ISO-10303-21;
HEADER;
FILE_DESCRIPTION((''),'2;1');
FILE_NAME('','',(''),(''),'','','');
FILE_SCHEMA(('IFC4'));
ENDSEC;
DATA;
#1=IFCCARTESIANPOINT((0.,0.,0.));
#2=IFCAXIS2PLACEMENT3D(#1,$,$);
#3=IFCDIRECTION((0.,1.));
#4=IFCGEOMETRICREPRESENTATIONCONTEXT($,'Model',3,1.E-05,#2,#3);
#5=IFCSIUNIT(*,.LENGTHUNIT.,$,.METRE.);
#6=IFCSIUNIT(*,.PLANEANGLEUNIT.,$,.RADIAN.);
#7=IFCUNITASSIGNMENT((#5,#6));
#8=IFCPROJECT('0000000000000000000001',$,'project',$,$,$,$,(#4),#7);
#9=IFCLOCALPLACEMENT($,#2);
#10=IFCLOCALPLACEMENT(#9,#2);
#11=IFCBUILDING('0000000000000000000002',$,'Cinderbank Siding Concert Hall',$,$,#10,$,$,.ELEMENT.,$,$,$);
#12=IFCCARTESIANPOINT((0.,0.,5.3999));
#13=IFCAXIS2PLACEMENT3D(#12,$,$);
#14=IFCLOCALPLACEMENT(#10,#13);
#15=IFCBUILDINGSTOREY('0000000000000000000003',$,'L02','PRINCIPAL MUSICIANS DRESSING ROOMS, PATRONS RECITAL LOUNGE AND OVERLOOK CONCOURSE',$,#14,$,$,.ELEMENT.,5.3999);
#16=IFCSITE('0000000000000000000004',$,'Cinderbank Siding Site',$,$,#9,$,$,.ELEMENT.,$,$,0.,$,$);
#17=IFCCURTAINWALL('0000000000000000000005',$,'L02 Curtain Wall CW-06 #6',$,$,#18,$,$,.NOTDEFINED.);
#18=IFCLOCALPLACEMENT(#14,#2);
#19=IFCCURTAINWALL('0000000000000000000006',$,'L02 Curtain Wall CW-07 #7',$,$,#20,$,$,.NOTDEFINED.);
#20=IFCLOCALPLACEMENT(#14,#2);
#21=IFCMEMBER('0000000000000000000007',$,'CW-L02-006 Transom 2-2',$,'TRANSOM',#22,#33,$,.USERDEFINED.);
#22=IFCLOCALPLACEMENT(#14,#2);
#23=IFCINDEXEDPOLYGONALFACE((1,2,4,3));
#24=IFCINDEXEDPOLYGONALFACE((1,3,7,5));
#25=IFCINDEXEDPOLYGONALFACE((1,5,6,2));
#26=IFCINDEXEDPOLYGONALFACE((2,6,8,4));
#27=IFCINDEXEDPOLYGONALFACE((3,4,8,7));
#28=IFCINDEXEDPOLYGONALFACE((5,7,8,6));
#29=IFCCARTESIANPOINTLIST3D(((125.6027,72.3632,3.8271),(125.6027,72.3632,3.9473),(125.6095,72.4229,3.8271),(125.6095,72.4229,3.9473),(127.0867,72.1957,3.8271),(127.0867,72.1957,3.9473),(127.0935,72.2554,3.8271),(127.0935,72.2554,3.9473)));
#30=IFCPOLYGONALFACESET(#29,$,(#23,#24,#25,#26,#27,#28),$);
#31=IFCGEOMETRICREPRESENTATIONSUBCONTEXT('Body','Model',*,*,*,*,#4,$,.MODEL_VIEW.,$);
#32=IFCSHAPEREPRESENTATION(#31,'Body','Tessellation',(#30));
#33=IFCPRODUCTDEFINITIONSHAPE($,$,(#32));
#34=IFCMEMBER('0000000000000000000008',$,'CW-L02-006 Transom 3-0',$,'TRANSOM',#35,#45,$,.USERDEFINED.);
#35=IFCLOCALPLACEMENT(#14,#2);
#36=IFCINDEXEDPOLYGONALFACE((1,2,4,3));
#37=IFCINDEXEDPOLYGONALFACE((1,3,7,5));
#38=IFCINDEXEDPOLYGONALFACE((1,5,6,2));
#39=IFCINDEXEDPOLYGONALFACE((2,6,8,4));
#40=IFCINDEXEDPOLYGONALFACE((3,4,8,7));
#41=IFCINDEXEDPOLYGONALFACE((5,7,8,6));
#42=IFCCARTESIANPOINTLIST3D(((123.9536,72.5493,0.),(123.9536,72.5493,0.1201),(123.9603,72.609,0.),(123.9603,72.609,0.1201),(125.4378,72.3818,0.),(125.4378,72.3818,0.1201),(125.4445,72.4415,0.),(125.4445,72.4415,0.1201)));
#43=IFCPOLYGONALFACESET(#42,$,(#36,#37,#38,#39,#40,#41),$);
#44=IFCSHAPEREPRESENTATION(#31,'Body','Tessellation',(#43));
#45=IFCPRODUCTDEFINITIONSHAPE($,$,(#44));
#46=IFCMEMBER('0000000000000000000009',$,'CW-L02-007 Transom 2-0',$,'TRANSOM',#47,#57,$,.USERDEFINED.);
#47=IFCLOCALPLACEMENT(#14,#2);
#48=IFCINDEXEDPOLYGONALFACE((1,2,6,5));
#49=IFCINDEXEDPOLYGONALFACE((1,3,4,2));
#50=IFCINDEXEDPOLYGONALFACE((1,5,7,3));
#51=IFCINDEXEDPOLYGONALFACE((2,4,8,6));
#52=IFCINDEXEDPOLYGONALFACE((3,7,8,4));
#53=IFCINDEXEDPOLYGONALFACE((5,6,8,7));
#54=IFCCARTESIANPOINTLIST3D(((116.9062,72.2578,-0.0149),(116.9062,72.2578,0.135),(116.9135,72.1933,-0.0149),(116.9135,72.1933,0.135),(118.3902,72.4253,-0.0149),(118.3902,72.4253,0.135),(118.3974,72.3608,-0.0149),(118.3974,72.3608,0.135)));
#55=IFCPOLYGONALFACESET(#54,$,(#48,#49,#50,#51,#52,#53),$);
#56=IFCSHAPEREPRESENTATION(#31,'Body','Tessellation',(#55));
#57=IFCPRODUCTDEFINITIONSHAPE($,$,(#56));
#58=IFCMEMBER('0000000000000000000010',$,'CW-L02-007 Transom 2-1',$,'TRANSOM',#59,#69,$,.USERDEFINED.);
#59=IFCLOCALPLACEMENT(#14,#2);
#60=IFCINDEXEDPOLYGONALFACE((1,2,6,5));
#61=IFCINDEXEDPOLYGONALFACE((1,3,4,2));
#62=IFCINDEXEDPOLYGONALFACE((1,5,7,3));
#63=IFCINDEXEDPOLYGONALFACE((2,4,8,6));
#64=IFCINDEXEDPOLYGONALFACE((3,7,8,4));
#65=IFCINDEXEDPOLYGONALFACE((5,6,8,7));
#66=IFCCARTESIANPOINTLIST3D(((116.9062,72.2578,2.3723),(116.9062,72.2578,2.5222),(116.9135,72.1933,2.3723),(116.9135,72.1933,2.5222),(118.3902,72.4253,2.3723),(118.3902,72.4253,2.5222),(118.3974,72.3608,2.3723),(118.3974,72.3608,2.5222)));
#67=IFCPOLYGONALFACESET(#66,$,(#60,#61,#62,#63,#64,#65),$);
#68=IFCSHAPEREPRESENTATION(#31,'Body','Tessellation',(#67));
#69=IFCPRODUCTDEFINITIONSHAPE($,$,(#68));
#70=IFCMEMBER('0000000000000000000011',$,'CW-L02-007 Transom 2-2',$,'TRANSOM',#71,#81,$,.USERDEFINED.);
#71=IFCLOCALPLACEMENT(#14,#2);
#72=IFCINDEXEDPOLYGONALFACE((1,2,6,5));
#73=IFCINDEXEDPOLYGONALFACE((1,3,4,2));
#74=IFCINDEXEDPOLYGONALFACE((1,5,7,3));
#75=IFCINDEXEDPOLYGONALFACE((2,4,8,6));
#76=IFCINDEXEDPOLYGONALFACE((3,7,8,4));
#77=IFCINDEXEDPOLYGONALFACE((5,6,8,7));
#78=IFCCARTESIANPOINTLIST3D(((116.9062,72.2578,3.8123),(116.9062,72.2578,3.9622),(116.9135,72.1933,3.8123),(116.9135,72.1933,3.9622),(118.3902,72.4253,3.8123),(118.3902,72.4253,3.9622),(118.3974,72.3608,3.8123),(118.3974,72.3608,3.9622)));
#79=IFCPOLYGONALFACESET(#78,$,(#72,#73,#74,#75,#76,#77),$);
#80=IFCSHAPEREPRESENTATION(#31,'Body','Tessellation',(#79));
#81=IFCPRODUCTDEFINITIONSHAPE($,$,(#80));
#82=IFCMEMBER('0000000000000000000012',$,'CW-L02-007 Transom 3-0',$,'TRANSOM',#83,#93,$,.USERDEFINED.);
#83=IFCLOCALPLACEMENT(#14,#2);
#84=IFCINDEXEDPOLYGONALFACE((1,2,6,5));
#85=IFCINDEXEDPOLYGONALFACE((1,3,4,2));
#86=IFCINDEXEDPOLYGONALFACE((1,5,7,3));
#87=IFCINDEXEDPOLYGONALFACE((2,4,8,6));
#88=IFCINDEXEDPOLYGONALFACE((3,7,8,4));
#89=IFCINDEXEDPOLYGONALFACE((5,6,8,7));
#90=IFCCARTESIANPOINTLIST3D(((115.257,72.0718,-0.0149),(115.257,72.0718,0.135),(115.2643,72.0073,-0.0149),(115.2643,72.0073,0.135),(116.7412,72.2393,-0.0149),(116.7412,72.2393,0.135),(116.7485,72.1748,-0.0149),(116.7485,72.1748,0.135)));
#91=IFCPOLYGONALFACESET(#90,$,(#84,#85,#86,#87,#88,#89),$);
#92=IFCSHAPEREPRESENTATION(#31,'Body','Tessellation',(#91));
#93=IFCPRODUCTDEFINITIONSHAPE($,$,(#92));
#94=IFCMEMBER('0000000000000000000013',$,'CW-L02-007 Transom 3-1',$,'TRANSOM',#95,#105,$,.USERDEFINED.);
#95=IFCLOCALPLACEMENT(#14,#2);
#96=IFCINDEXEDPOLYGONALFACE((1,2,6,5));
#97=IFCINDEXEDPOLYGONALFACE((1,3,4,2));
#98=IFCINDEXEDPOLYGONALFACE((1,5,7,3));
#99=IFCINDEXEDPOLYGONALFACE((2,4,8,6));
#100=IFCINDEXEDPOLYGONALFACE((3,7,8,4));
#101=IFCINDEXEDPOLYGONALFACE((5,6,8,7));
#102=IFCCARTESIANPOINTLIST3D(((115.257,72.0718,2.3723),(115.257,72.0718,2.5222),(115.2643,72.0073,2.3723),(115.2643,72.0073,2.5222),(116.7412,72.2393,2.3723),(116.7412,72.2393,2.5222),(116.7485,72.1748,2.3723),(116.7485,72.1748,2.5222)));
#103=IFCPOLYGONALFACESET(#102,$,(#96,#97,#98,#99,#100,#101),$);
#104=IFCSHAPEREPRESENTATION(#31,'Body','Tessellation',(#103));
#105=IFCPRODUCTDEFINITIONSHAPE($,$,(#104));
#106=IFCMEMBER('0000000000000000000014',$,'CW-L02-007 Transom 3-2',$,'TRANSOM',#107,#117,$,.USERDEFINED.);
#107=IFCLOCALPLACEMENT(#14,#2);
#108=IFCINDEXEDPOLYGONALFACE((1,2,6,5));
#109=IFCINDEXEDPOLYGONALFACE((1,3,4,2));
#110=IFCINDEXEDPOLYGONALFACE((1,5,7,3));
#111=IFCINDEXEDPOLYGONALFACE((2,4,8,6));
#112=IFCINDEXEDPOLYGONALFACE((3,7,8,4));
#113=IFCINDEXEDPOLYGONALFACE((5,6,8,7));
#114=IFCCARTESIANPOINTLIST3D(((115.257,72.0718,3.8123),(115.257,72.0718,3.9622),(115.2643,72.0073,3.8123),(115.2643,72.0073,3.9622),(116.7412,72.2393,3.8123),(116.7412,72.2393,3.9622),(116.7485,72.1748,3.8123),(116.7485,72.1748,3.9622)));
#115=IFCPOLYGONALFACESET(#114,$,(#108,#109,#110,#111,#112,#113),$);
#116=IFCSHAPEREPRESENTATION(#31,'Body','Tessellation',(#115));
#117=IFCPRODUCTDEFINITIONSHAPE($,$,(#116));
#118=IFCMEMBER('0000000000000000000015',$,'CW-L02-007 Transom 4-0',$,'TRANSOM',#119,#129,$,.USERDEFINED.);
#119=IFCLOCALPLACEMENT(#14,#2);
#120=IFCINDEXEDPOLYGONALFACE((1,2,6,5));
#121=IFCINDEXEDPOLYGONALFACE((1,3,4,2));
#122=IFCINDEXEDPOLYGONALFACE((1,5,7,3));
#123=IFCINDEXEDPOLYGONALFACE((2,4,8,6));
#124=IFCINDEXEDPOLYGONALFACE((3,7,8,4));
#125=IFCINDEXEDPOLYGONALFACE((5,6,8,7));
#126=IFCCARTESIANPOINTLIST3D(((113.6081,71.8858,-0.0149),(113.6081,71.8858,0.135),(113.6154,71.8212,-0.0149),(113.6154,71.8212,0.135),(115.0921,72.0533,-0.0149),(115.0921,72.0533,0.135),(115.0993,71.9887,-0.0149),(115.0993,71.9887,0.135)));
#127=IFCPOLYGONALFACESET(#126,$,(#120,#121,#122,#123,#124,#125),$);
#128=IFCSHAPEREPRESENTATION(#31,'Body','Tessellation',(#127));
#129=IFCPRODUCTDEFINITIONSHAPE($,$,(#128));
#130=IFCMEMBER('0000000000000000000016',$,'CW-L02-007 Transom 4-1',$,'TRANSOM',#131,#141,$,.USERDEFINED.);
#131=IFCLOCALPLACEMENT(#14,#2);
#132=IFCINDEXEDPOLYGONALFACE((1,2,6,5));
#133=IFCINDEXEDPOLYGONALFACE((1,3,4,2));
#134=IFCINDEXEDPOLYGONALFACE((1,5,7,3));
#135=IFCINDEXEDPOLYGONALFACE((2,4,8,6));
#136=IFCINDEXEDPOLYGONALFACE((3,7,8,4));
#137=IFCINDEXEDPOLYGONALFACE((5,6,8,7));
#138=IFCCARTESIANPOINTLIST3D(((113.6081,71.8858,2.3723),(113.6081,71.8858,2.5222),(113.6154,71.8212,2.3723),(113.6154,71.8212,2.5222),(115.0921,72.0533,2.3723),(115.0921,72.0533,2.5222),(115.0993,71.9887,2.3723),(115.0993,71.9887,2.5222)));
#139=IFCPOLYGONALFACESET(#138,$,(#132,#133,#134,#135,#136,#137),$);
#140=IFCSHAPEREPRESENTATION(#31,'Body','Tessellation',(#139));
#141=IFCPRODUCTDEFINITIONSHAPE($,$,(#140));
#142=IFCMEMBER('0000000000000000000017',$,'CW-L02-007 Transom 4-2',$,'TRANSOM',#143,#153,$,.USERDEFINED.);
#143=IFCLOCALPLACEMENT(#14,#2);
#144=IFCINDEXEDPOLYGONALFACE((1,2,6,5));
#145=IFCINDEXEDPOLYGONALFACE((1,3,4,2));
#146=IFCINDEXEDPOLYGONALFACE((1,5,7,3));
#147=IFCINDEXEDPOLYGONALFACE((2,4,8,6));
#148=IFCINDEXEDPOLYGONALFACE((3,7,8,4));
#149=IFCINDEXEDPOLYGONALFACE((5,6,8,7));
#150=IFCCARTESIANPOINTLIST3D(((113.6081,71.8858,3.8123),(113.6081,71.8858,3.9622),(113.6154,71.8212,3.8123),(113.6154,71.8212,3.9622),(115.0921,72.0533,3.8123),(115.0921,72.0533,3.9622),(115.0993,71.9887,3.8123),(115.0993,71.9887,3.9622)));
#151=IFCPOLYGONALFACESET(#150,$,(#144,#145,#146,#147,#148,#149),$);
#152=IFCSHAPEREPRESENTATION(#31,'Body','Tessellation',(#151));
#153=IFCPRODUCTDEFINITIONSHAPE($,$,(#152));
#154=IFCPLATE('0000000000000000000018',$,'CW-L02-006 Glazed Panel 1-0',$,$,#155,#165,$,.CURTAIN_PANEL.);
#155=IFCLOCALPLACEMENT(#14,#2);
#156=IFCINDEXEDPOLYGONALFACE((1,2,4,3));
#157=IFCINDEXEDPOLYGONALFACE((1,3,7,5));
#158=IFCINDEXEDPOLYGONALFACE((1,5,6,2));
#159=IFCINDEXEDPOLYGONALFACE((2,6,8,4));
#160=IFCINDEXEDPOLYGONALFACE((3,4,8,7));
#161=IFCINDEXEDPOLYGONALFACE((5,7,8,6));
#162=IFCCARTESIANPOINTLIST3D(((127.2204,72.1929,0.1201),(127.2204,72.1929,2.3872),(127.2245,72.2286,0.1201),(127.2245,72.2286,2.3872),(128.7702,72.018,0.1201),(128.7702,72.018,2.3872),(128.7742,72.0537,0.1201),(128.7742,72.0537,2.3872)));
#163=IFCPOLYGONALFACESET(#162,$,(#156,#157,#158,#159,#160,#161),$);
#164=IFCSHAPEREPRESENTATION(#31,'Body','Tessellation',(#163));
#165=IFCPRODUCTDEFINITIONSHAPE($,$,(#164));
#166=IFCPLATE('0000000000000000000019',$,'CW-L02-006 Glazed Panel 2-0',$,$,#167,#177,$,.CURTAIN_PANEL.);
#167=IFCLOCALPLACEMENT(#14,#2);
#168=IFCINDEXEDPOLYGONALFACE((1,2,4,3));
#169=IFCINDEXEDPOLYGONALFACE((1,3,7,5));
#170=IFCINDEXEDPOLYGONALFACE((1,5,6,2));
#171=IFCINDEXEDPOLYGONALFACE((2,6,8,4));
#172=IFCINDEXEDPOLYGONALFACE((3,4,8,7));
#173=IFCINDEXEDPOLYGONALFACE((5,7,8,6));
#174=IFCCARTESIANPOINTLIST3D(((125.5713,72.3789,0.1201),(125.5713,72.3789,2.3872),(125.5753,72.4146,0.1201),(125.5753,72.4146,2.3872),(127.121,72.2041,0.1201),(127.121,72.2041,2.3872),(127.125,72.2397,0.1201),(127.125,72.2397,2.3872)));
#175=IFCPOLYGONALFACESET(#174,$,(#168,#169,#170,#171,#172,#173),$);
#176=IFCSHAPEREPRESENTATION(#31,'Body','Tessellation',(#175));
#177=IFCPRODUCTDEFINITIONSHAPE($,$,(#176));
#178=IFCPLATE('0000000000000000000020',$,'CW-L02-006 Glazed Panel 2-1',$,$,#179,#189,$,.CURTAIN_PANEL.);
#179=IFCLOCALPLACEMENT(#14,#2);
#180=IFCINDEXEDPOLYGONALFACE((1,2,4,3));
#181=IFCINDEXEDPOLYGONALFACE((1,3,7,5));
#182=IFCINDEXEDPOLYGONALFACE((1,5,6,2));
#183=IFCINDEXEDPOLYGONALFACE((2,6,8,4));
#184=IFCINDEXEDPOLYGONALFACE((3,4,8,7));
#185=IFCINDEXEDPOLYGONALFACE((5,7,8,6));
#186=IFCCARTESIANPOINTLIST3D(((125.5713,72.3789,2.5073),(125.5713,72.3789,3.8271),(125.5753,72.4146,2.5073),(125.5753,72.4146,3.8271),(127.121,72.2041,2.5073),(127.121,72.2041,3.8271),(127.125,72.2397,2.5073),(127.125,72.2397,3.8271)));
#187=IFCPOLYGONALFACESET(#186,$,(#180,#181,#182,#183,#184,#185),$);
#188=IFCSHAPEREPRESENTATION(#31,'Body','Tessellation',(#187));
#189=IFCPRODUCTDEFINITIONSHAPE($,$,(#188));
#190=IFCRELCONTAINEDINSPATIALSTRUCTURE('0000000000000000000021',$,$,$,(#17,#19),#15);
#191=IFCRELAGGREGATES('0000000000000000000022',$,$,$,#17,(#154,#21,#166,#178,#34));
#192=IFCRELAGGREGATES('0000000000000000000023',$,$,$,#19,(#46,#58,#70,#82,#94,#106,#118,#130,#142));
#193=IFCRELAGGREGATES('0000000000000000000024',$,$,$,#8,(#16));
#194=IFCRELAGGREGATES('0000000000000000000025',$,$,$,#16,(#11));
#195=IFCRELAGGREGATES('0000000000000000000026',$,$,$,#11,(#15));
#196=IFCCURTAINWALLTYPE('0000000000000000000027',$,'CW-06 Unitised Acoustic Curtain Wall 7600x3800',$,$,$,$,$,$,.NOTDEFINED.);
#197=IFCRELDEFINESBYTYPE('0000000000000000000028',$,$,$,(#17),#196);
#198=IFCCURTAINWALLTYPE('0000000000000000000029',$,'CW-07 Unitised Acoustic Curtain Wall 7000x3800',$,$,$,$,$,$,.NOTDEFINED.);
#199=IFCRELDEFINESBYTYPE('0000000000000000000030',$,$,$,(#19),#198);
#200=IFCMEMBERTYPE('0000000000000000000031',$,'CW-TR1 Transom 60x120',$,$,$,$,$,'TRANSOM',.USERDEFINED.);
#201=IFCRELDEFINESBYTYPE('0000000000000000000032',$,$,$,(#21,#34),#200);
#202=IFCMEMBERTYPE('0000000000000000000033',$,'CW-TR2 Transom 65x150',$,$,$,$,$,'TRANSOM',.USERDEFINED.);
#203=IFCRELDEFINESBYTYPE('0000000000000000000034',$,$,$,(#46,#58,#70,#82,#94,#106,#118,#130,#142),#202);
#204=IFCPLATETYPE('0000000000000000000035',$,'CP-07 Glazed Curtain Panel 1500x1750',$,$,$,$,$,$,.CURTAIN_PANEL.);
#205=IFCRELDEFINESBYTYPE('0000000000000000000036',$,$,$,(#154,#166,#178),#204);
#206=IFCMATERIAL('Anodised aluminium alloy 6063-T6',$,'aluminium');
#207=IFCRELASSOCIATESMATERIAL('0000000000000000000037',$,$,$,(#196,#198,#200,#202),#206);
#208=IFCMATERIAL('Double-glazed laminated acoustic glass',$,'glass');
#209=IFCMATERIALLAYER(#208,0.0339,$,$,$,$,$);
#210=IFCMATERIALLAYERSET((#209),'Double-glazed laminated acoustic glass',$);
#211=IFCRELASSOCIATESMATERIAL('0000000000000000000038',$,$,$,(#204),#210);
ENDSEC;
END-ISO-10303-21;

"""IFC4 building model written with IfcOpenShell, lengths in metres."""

from ifc_helpers import new_model, si_unit, direction, frame, origin, origin_2d, place, context, subcontext, project, spatial, rectangle, extrude, material, layer, layer_set, material_profile, profile_set, type_object, element, aggregate, save


model = new_model("IFC4")

# Units and contexts
model_context = context("Model", 3, precision=1e-05, world=origin(), true_north=direction((0.0, 1.0)))
body_context = subcontext(model_context, "Body", "Model", "MODEL_VIEW")
ifc_project = project(units=[si_unit("LENGTHUNIT", "METRE"), si_unit("PLANEANGLEUNIT", "RADIAN")], contexts=[model_context])

# Site, building, storey
site_placement = place(None, origin())
site = spatial("IfcSite", under=ifc_project, at=site_placement, Name="Cinderbank Siding Site", CompositionType="ELEMENT", RefElevation=0.0)
building_placement = place(site_placement, origin())
building = spatial("IfcBuilding", under=site, at=building_placement, Name="Cinderbank Siding Concert Hall", CompositionType="ELEMENT")
storey_placement = place(building_placement, frame((0.0, 0.0, 5.3999)))
storey = spatial("IfcBuildingStorey", under=building, at=storey_placement, Name="L02", Description="PRINCIPAL MUSICIANS DRESSING ROOMS, PATRONS RECITAL LOUNGE AND OVERLOOK CONCOURSE", CompositionType="ELEMENT", Elevation=5.3999)

# Curtain walls
ifc_material_1 = material(Name="Anodised aluminium alloy 6063-T6", Category="aluminium")
curtain_wall_type_1 = type_object("IfcCurtainWallType", Name="CW-06 Unitised Acoustic Curtain Wall 7600x3800", PredefinedType="NOTDEFINED", material=ifc_material_1)
curtain_wall_1_placement = place(storey_placement, origin())
curtain_wall_1 = element("IfcCurtainWall", 1, at=curtain_wall_1_placement, inside=storey, type_object=curtain_wall_type_1, Name="L02 Curtain Wall CW-06 #6", PredefinedType="NOTDEFINED")
curtain_wall_type_2 = type_object("IfcCurtainWallType", Name="CW-07 Unitised Acoustic Curtain Wall 7000x3800", PredefinedType="NOTDEFINED", material=ifc_material_1)
curtain_wall_2_placement = place(storey_placement, origin())
curtain_wall_2 = element("IfcCurtainWall", 2, at=curtain_wall_2_placement, inside=storey, type_object=curtain_wall_type_2, Name="L02 Curtain Wall CW-07 #7", PredefinedType="NOTDEFINED")

# Members
ifc_material_profile_1 = material_profile(ifc_material_1, rectangle(XDim=0.0601, YDim=0.1201, at=origin_2d()), Name="ALU-TRAN-60x120", Category="LoadBearing")
ifc_profile_set_1 = profile_set([ifc_material_profile_1], Name="Anodised aluminium alloy 6063-T6")
member_type_1 = type_object("IfcMemberType", Name="CW-TR1 Transom 60x120", ElementType="TRANSOM", PredefinedType="USERDEFINED", material=ifc_profile_set_1)
member_1_placement = place(storey_placement, frame((127.0901, 72.2256, 3.8872), z_axis=(-0.993691, 0.112154, 0.0), x_axis=(-0.112154, -0.993691, 0.0)))
member_1 = element("IfcMember", 3, at=member_1_placement, type_object=member_type_1, Name="CW-L02-006 Transom 2-2", ObjectType="TRANSOM", PredefinedType="USERDEFINED", context=body_context, shape_type="SweptSolid", body=[
    extrude(rectangle(XDim=0.0601, YDim=0.1201, at=origin_2d()), origin(), (0.0, 0.0, 1.0), 1.4934),
])
member_2_placement = place(storey_placement, frame((125.4412, 72.4116, 0.0601), z_axis=(-0.993693, 0.112136, 0.0), x_axis=(-0.112136, -0.993693, 0.0)))
member_2 = element("IfcMember", 4, at=member_2_placement, type_object=member_type_1, Name="CW-L02-006 Transom 3-0", ObjectType="TRANSOM", PredefinedType="USERDEFINED", context=body_context, shape_type="SweptSolid", body=[
    extrude(rectangle(XDim=0.0601, YDim=0.1201, at=origin_2d()), origin(), (0.0, 0.0, 1.0), 1.4937),
])
ifc_material_profile_2 = material_profile(ifc_material_1, rectangle(XDim=0.0649, YDim=0.1499, at=origin_2d()), Name="ALU-TRAN-65x150", Category="LoadBearing")
ifc_profile_set_2 = profile_set([ifc_material_profile_2], Name="Anodised aluminium alloy 6063-T6")
member_type_2 = type_object("IfcMemberType", Name="CW-TR2 Transom 65x150", ElementType="TRANSOM", PredefinedType="USERDEFINED", material=ifc_profile_set_2)
member_3_placement = place(storey_placement, frame((118.3938, 72.3931, 0.0601), z_axis=(-0.993691, -0.112154, 0.0), x_axis=(0.112154, -0.993691, 0.0)))
member_3 = element("IfcMember", 5, at=member_3_placement, type_object=member_type_2, Name="CW-L02-007 Transom 2-0", ObjectType="TRANSOM", PredefinedType="USERDEFINED", context=body_context, shape_type="SweptSolid", body=[
    extrude(rectangle(XDim=0.0649, YDim=0.1499, at=origin_2d()), origin(), (0.0, 0.0, 1.0), 1.4934),
])
member_4_placement = place(storey_placement, frame((118.3938, 72.3931, 2.4473), z_axis=(-0.993691, -0.112154, 0.0), x_axis=(0.112154, -0.993691, 0.0)))
member_4 = element("IfcMember", 6, at=member_4_placement, type_object=member_type_2, Name="CW-L02-007 Transom 2-1", ObjectType="TRANSOM", PredefinedType="USERDEFINED", context=body_context, shape_type="SweptSolid", body=[
    extrude(rectangle(XDim=0.0649, YDim=0.1499, at=origin_2d()), origin(), (0.0, 0.0, 1.0), 1.4934),
])
member_5_placement = place(storey_placement, frame((118.3938, 72.3931, 3.8872), z_axis=(-0.993691, -0.112154, 0.0), x_axis=(0.112154, -0.993691, 0.0)))
member_5 = element("IfcMember", 7, at=member_5_placement, type_object=member_type_2, Name="CW-L02-007 Transom 2-2", ObjectType="TRANSOM", PredefinedType="USERDEFINED", context=body_context, shape_type="SweptSolid", body=[
    extrude(rectangle(XDim=0.0649, YDim=0.1499, at=origin_2d()), origin(), (0.0, 0.0, 1.0), 1.4934),
])
member_6_placement = place(storey_placement, frame((116.7449, 72.207, 0.0601), z_axis=(-0.993693, -0.112136, 0.0), x_axis=(0.112136, -0.993693, 0.0)))
member_6 = element("IfcMember", 8, at=member_6_placement, type_object=member_type_2, Name="CW-L02-007 Transom 3-0", ObjectType="TRANSOM", PredefinedType="USERDEFINED", context=body_context, shape_type="SweptSolid", body=[
    extrude(rectangle(XDim=0.0649, YDim=0.1499, at=origin_2d()), origin(), (0.0, 0.0, 1.0), 1.4937),
])
member_7_placement = place(storey_placement, frame((116.7449, 72.207, 2.4473), z_axis=(-0.993693, -0.112136, 0.0), x_axis=(0.112136, -0.993693, 0.0)))
member_7 = element("IfcMember", 9, at=member_7_placement, type_object=member_type_2, Name="CW-L02-007 Transom 3-1", ObjectType="TRANSOM", PredefinedType="USERDEFINED", context=body_context, shape_type="SweptSolid", body=[
    extrude(rectangle(XDim=0.0649, YDim=0.1499, at=origin_2d()), origin(), (0.0, 0.0, 1.0), 1.4937),
])
member_8_placement = place(storey_placement, frame((116.7449, 72.207, 3.8872), z_axis=(-0.993693, -0.112136, 0.0), x_axis=(0.112136, -0.993693, 0.0)))
member_8 = element("IfcMember", 10, at=member_8_placement, type_object=member_type_2, Name="CW-L02-007 Transom 3-2", ObjectType="TRANSOM", PredefinedType="USERDEFINED", context=body_context, shape_type="SweptSolid", body=[
    extrude(rectangle(XDim=0.0649, YDim=0.1499, at=origin_2d()), origin(), (0.0, 0.0, 1.0), 1.4937),
])
member_9_placement = place(storey_placement, frame((115.0957, 72.021, 0.0601), z_axis=(-0.993691, -0.112154, 0.0), x_axis=(0.112154, -0.993691, 0.0)))
member_9 = element("IfcMember", 11, at=member_9_placement, type_object=member_type_2, Name="CW-L02-007 Transom 4-0", ObjectType="TRANSOM", PredefinedType="USERDEFINED", context=body_context, shape_type="SweptSolid", body=[
    extrude(rectangle(XDim=0.0649, YDim=0.1499, at=origin_2d()), origin(), (0.0, 0.0, 1.0), 1.4934),
])
member_10_placement = place(storey_placement, frame((115.0957, 72.021, 2.4473), z_axis=(-0.993691, -0.112154, 0.0), x_axis=(0.112154, -0.993691, 0.0)))
member_10 = element("IfcMember", 12, at=member_10_placement, type_object=member_type_2, Name="CW-L02-007 Transom 4-1", ObjectType="TRANSOM", PredefinedType="USERDEFINED", context=body_context, shape_type="SweptSolid", body=[
    extrude(rectangle(XDim=0.0649, YDim=0.1499, at=origin_2d()), origin(), (0.0, 0.0, 1.0), 1.4934),
])
member_11_placement = place(storey_placement, frame((115.0957, 72.021, 3.8872), z_axis=(-0.993691, -0.112154, 0.0), x_axis=(0.112154, -0.993691, 0.0)))
member_11 = element("IfcMember", 13, at=member_11_placement, type_object=member_type_2, Name="CW-L02-007 Transom 4-2", ObjectType="TRANSOM", PredefinedType="USERDEFINED", context=body_context, shape_type="SweptSolid", body=[
    extrude(rectangle(XDim=0.0649, YDim=0.1499, at=origin_2d()), origin(), (0.0, 0.0, 1.0), 1.4934),
])

# Plates
ifc_material_2 = material(Name="Double-glazed laminated acoustic glass", Category="glass")
ifc_layer_1 = layer(ifc_material_2, 0.0339)
ifc_layer_set_1 = layer_set([ifc_layer_1], Name="Double-glazed laminated acoustic glass")
plate_type_1 = type_object("IfcPlateType", Name="CP-07 Glazed Curtain Panel 1500x1750", PredefinedType="CURTAIN_PANEL", material=ifc_layer_set_1)
plate_1_placement = place(storey_placement, frame((127.9973, 72.1233, 0.1201), z_axis=(0.0, 0.0, 1.0), x_axis=(-0.993694, 0.112129, 0.0)))
plate_1 = element("IfcPlate", 14, at=plate_1_placement, type_object=plate_type_1, Name="CW-L02-006 Glazed Panel 1-0", PredefinedType="CURTAIN_PANEL", context=body_context, shape_type="SweptSolid", body=[
    extrude(rectangle(XDim=1.5596, YDim=0.0359, at=origin_2d()), origin(), (0.0, 0.0, 1.0), 2.2671),
])
plate_2_placement = place(storey_placement, frame((126.3481, 72.3093, 0.1201), z_axis=(0.0, 0.0, 1.0), x_axis=(-0.993694, 0.112129, 0.0)))
plate_2 = element("IfcPlate", 15, at=plate_2_placement, type_object=plate_type_1, Name="CW-L02-006 Glazed Panel 2-0", PredefinedType="CURTAIN_PANEL", context=body_context, shape_type="SweptSolid", body=[
    extrude(rectangle(XDim=1.5596, YDim=0.0359, at=origin_2d()), origin(), (0.0, 0.0, 1.0), 2.2671),
])
plate_3_placement = place(storey_placement, frame((126.3481, 72.3093, 2.5073), z_axis=(0.0, 0.0, 1.0), x_axis=(-0.993694, 0.112129, 0.0)))
plate_3 = element("IfcPlate", 16, at=plate_3_placement, type_object=plate_type_1, Name="CW-L02-006 Glazed Panel 2-1", PredefinedType="CURTAIN_PANEL", context=body_context, shape_type="SweptSolid", body=[
    extrude(rectangle(XDim=1.5596, YDim=0.0359, at=origin_2d()), origin(), (0.0, 0.0, 1.0), 1.3198),
])
aggregate(curtain_wall_1, [plate_1, member_1, plate_2, plate_3, member_2])
aggregate(curtain_wall_2, [member_3, member_4, member_5, member_6, member_7, member_8, member_9, member_10, member_11])

save(model, "model.ifc")
